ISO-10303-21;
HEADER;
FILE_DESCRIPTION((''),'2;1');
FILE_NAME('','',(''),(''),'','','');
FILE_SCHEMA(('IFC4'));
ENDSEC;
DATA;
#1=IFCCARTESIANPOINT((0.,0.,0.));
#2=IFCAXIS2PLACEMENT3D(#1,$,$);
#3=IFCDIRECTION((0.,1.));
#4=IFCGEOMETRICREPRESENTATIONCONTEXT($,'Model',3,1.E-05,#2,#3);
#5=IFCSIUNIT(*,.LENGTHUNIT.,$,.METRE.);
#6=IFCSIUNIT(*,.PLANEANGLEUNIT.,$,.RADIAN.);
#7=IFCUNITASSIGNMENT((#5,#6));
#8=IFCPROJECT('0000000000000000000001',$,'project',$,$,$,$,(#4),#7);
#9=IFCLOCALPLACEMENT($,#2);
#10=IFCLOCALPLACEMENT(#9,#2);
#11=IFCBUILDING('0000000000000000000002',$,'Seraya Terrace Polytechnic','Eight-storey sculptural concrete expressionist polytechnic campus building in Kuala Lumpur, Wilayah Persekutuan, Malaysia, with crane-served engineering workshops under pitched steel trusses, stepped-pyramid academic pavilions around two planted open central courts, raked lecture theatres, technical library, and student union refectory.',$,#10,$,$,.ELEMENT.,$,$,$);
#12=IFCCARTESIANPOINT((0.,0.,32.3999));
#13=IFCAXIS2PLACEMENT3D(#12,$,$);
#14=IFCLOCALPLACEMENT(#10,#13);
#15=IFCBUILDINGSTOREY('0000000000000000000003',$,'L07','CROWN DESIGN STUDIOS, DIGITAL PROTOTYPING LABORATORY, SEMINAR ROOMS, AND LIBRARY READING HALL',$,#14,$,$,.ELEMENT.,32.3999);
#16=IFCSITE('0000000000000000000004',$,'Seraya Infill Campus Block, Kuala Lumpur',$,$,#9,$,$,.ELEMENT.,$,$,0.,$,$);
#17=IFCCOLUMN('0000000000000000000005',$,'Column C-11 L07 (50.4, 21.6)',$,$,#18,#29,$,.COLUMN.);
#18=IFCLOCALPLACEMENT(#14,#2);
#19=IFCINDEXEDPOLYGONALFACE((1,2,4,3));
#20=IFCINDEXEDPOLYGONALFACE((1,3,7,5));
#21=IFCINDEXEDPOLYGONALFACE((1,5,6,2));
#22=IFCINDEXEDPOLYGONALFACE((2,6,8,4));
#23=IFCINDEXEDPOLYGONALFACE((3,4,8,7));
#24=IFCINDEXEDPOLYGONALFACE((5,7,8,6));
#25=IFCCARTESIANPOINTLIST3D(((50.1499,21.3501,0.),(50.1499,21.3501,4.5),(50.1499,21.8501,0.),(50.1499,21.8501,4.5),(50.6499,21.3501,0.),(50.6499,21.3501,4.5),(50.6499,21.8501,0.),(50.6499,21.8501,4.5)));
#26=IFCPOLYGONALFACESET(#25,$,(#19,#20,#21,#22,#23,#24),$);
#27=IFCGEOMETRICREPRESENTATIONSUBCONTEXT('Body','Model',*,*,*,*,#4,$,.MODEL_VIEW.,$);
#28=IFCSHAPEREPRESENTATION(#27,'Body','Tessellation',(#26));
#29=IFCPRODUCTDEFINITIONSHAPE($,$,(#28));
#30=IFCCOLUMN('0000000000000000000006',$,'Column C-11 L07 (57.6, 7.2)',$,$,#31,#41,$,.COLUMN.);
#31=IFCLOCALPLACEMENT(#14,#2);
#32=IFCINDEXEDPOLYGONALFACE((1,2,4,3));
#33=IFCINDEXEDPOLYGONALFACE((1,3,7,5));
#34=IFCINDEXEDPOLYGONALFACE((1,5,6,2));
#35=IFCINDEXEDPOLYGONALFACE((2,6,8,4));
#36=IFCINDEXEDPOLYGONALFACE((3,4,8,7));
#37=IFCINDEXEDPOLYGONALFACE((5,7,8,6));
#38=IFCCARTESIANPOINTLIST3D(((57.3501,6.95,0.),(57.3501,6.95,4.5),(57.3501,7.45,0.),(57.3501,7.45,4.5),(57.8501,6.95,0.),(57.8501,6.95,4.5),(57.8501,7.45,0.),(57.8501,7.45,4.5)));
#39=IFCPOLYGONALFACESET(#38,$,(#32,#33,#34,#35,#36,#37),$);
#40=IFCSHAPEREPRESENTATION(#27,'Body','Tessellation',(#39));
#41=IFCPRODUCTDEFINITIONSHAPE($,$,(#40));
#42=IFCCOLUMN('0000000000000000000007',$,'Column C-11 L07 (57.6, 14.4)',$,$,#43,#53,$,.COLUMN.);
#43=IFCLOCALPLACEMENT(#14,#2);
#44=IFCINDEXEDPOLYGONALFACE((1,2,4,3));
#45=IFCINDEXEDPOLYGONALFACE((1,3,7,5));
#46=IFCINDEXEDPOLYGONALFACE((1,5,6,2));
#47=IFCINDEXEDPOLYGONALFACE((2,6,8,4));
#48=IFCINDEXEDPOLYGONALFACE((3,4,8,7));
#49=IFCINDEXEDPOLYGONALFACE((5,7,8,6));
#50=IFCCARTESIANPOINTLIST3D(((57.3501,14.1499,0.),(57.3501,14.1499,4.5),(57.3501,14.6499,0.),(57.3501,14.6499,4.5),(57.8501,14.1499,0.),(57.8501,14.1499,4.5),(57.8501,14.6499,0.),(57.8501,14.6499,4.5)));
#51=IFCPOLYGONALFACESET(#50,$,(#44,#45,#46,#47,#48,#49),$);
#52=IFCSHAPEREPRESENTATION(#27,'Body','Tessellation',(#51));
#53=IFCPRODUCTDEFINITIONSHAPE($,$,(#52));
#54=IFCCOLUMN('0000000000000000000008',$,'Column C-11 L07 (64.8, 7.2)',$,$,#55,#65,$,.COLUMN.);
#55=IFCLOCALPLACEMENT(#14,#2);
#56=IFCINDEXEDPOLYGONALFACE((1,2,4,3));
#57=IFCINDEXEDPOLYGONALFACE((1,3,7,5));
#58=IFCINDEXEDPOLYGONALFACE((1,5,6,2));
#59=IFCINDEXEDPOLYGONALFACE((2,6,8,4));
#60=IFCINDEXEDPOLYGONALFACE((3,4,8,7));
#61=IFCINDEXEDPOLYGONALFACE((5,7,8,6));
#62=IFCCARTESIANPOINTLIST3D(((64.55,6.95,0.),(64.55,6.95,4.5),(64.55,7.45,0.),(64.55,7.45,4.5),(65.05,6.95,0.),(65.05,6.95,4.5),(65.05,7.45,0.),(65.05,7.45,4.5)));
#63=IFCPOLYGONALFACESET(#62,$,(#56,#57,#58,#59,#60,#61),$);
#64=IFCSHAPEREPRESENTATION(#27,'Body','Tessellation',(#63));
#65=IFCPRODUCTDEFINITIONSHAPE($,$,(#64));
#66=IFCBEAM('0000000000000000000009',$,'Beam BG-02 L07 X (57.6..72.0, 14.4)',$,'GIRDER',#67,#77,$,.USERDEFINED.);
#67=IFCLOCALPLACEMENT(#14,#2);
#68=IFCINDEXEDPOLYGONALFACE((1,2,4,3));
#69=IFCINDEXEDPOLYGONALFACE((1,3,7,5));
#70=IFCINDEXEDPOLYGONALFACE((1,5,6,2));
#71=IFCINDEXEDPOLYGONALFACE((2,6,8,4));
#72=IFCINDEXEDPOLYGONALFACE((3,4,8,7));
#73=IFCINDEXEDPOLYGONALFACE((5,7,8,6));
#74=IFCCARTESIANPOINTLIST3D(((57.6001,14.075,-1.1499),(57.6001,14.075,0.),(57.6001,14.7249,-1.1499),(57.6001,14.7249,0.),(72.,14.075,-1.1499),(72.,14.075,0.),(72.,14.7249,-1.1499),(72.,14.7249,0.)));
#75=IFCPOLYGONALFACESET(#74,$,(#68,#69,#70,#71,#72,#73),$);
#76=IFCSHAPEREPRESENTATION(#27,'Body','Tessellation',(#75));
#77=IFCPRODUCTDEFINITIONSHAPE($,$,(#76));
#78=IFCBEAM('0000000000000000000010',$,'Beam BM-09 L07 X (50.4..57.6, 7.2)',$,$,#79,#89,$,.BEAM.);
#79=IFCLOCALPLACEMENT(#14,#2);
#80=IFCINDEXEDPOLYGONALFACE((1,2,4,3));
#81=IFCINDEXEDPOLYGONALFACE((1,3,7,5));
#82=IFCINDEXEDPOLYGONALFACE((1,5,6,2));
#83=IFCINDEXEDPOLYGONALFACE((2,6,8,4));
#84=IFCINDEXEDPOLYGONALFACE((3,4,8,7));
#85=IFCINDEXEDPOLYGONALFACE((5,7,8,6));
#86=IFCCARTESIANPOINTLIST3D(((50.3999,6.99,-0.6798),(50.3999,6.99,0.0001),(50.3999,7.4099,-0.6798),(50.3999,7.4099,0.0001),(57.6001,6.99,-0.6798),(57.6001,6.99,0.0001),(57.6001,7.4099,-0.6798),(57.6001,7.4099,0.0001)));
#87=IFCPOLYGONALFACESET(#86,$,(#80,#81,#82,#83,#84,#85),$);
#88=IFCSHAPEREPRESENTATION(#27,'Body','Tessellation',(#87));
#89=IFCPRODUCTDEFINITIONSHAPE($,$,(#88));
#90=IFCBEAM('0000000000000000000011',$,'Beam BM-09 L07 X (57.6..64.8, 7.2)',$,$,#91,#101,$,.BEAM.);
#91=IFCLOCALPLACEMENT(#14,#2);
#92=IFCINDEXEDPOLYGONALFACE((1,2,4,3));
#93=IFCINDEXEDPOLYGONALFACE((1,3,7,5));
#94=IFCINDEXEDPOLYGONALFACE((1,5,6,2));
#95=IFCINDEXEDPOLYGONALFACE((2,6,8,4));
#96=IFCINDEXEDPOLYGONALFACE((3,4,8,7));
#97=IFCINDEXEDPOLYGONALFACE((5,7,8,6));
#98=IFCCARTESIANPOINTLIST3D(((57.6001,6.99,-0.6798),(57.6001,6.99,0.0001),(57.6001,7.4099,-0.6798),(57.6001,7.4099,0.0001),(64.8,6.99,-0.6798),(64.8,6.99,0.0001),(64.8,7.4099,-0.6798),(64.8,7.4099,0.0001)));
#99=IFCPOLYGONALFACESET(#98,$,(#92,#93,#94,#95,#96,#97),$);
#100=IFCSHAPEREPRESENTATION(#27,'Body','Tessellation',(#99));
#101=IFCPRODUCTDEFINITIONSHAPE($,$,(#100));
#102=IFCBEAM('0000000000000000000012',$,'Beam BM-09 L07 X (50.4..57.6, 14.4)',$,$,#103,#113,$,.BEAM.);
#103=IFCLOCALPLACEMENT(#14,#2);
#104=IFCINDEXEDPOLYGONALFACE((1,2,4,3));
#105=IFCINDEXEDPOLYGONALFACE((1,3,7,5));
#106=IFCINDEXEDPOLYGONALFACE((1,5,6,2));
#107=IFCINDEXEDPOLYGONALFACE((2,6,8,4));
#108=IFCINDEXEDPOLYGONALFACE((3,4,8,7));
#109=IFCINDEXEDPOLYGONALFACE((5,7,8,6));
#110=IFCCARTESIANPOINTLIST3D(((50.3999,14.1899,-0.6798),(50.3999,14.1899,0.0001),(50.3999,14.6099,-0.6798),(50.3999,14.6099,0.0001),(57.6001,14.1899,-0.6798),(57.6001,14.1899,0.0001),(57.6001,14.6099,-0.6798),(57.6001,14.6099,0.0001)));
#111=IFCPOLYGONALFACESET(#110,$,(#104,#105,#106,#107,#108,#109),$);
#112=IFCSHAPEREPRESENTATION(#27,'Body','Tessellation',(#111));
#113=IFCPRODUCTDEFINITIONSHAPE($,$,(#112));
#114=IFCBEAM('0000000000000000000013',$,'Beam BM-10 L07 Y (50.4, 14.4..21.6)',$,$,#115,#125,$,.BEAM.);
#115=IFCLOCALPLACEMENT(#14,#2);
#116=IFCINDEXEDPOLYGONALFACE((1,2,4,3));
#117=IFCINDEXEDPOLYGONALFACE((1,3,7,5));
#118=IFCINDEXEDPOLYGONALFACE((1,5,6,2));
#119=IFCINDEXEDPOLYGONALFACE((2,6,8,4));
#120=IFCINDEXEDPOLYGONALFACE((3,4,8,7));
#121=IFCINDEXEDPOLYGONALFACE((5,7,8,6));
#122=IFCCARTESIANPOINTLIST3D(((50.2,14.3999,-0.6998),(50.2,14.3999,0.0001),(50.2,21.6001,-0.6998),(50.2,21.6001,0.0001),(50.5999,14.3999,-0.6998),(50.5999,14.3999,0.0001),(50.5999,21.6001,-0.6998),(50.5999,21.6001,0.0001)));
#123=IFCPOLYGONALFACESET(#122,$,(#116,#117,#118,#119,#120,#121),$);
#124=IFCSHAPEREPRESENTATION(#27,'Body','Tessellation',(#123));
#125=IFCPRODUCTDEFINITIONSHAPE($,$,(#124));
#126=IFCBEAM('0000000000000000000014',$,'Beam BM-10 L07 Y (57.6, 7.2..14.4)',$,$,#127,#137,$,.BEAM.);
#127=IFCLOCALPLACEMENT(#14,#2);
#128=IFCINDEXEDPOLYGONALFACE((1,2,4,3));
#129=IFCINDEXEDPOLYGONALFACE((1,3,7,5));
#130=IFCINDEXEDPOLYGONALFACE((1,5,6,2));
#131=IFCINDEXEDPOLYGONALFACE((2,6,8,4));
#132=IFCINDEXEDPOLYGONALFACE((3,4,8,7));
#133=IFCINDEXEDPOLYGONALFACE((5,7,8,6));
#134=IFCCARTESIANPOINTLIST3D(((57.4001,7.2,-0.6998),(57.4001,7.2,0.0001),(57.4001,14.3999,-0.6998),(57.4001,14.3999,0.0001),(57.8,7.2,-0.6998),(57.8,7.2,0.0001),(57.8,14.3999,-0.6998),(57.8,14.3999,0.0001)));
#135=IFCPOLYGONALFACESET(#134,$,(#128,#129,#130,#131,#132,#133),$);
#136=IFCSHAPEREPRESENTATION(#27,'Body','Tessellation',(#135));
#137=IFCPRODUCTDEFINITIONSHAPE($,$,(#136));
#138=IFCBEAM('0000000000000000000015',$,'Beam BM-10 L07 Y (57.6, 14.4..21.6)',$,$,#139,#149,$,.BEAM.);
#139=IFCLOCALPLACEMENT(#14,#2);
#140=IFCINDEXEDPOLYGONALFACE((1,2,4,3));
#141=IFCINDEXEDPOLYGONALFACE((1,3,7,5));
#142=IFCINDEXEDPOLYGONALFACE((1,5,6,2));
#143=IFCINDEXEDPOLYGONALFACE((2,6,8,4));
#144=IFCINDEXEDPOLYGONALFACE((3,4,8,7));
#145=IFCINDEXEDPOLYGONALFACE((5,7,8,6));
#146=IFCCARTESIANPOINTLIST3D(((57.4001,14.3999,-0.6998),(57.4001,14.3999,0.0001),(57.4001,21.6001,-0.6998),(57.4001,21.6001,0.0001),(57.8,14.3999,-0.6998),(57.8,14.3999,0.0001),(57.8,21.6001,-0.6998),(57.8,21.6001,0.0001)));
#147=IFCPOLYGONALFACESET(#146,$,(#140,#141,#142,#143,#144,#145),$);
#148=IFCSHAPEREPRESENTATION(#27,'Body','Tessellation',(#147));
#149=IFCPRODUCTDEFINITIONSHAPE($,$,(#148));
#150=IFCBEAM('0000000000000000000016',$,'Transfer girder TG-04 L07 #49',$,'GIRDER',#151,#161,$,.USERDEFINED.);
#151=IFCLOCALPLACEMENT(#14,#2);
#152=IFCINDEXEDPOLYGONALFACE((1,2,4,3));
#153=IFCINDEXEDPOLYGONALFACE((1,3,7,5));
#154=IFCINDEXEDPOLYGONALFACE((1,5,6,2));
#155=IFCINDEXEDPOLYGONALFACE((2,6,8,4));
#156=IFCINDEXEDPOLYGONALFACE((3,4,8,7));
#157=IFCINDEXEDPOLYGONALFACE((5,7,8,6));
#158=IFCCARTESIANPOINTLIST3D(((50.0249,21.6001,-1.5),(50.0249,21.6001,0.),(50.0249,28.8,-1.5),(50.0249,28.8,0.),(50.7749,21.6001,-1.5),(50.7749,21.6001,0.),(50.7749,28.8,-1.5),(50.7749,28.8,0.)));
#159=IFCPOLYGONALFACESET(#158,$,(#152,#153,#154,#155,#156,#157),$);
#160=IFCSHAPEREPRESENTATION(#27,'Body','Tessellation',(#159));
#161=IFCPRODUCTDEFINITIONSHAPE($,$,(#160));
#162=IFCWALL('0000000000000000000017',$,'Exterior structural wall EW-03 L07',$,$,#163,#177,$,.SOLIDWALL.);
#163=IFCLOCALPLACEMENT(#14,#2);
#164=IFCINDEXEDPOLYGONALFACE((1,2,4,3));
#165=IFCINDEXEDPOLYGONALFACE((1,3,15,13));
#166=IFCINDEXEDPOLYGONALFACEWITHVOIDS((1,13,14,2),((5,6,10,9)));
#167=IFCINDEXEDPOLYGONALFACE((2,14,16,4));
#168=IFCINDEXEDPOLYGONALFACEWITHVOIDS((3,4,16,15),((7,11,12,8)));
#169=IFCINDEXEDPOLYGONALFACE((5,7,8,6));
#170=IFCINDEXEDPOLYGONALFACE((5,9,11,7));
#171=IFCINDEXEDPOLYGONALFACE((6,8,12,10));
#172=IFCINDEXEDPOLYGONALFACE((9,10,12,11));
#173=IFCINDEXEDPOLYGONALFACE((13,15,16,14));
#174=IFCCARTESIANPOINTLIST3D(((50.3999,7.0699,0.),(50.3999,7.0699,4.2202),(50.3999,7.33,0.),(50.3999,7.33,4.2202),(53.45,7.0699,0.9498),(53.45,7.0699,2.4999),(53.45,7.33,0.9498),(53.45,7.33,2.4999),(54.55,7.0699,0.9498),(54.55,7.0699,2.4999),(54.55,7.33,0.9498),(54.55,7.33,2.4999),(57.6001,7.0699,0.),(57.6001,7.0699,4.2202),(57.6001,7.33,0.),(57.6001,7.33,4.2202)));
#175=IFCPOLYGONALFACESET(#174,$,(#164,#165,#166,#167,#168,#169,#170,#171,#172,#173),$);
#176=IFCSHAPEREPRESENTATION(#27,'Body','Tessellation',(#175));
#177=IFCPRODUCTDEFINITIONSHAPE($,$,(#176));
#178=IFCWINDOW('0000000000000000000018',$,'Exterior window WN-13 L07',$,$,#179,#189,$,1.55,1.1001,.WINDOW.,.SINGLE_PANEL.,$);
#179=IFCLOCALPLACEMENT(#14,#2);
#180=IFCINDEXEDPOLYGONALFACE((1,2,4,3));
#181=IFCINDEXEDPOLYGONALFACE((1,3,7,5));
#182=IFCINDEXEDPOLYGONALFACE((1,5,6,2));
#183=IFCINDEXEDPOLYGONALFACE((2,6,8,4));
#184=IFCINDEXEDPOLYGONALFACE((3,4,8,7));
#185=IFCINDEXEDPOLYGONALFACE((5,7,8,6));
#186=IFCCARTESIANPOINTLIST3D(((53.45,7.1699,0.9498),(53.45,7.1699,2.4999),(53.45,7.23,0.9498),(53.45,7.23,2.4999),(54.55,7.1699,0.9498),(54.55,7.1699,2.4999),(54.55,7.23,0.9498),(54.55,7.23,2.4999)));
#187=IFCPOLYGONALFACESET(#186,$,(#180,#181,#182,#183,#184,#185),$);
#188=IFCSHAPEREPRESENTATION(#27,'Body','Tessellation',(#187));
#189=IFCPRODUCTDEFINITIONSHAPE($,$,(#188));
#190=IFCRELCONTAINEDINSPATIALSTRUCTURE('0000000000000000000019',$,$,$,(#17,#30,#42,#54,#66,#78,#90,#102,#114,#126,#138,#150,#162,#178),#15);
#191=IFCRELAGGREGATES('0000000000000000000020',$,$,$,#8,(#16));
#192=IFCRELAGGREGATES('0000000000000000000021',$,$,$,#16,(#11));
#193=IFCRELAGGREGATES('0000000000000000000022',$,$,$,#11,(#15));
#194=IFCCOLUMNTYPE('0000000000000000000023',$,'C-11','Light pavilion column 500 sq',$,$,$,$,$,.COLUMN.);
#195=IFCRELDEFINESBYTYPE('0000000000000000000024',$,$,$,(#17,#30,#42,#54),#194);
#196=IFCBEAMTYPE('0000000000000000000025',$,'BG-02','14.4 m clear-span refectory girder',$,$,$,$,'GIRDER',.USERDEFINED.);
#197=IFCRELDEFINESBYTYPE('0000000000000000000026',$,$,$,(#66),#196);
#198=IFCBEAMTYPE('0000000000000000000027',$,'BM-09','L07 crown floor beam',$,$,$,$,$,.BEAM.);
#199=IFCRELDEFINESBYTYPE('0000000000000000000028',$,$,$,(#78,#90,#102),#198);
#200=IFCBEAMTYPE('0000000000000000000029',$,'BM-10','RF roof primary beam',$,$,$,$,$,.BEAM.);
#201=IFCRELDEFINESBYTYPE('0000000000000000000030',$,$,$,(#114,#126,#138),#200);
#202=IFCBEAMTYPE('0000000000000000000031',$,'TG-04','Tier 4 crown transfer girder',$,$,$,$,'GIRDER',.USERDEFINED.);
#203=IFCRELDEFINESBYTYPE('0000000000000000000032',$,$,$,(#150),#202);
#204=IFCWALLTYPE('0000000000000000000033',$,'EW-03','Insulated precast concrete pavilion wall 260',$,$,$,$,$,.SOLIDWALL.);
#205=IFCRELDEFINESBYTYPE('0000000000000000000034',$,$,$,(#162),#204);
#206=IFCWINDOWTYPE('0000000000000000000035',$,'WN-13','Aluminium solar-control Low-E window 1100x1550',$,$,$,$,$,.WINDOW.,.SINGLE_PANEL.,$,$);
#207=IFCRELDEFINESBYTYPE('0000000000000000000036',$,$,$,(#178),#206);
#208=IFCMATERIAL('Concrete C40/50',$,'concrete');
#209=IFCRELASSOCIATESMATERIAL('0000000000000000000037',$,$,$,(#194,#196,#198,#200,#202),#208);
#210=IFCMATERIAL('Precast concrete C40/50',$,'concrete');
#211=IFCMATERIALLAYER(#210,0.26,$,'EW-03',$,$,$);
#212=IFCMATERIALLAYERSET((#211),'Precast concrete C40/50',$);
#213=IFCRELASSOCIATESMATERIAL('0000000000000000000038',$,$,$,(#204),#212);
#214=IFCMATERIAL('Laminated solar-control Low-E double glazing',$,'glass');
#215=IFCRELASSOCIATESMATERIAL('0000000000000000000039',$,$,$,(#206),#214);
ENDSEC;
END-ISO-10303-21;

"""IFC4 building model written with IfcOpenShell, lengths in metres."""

from ifc_helpers import new_model, si_unit, direction, frame, frame_2d, origin, origin_2d, place, context, subcontext, project, spatial, rectangle, extrude, material, layer, layer_set, material_profile, profile_set, type_object, element, fill, save


model = new_model("IFC4")

# Units and contexts
model_context = context("Model", 3, precision=1e-05, world=origin(), true_north=direction((0.0, 1.0)))
body_context = subcontext(model_context, "Body", "Model", "MODEL_VIEW")
ifc_project = project(units=[si_unit("LENGTHUNIT", "METRE"), si_unit("PLANEANGLEUNIT", "RADIAN")], contexts=[model_context])

# Site, building, storey
site_placement = place(None, origin())
site = spatial("IfcSite", under=ifc_project, at=site_placement, Name="Seraya Infill Campus Block, Kuala Lumpur", CompositionType="ELEMENT", RefElevation=0.0)
building_placement = place(site_placement, origin())
building = spatial("IfcBuilding", under=site, at=building_placement, Name="Seraya Terrace Polytechnic", Description="Eight-storey sculptural concrete expressionist polytechnic campus building in Kuala Lumpur, Wilayah Persekutuan, Malaysia, with crane-served engineering workshops under pitched steel trusses, stepped-pyramid academic pavilions around two planted open central courts, raked lecture theatres, technical library, and student union refectory.", CompositionType="ELEMENT")
storey_placement = place(building_placement, frame((0.0, 0.0, 32.3999)))
storey = spatial("IfcBuildingStorey", under=building, at=storey_placement, Name="L07", Description="CROWN DESIGN STUDIOS, DIGITAL PROTOTYPING LABORATORY, SEMINAR ROOMS, AND LIBRARY READING HALL", CompositionType="ELEMENT", Elevation=32.3999)

# Columns
ifc_material_1 = material(Name="Concrete C40/50", Category="concrete")
ifc_material_profile_1 = material_profile(ifc_material_1, rectangle(XDim=0.5, YDim=0.5, at=origin_2d()), Name="RC 500x500")
ifc_profile_set_1 = profile_set([ifc_material_profile_1], Name="Concrete C40/50")
column_type = type_object("IfcColumnType", Name="C-11", Description="Light pavilion column 500 sq", PredefinedType="COLUMN", material=ifc_profile_set_1)
for number, where, z_axis, x_axis, name in (
    (1, (50.3999, 21.6001, 0.0), (0.0, 0.0, 1.0), (1.0, 0.0, 0.0), "Column C-11 L07 (50.4, 21.6)"),
    (2, (57.6001, 7.2, 0.0), (0.0, 0.0, 1.0), (1.0, 0.0, 0.0), "Column C-11 L07 (57.6, 7.2)"),
    (3, (57.6001, 14.3999, 0.0), (0.0, 0.0, 1.0), (1.0, 0.0, 0.0), "Column C-11 L07 (57.6, 14.4)"),
    (4, (64.8, 7.2, 0.0), (0.0, 0.0, 1.0), (1.0, 0.0, 0.0), "Column C-11 L07 (64.8, 7.2)"),
):
    element("IfcColumn", number, at=place(storey_placement, frame(where, z_axis=z_axis, x_axis=x_axis)), inside=storey, type_object=column_type, Name=name, PredefinedType="COLUMN", context=body_context, shape_type="SweptSolid", body=[
        extrude(rectangle(XDim=0.5, YDim=0.5, at=origin_2d()), origin(), (0.0, 0.0, 1.0), 4.5),
    ])

# Beams
ifc_material_profile_2 = material_profile(ifc_material_1, rectangle(XDim=0.6499, YDim=1.1499, at=origin_2d()), Name="RC 650x1150")
ifc_profile_set_2 = profile_set([ifc_material_profile_2], Name="Concrete C40/50")
beam_type_1 = type_object("IfcBeamType", Name="BG-02", Description="14.4 m clear-span refectory girder", ElementType="GIRDER", PredefinedType="USERDEFINED", material=ifc_profile_set_2)
beam_1_placement = place(storey_placement, frame((57.6001, 14.3999, -0.575), z_axis=(1.0, 0.0, 0.0), x_axis=(0.0, 1.0, 0.0)))
element("IfcBeam", 5, at=beam_1_placement, inside=storey, type_object=beam_type_1, Name="Beam BG-02 L07 X (57.6..72.0, 14.4)", ObjectType="GIRDER", PredefinedType="USERDEFINED", context=body_context, shape_type="SweptSolid", body=[
    extrude(rectangle(XDim=0.6499, YDim=1.1499, at=origin_2d()), origin(), (0.0, 0.0, 1.0), 14.3999),
])
ifc_material_profile_3 = material_profile(ifc_material_1, rectangle(XDim=0.4199, YDim=0.6799, at=origin_2d()), Name="RC 420x680")
ifc_profile_set_3 = profile_set([ifc_material_profile_3], Name="Concrete C40/50")
beam_type_2 = type_object("IfcBeamType", Name="BM-09", Description="L07 crown floor beam", PredefinedType="BEAM", material=ifc_profile_set_3)
beam_2_placement = place(storey_placement, frame((50.3999, 7.2, -0.3398), z_axis=(1.0, 0.0, 0.0), x_axis=(0.0, 1.0, 0.0)))
element("IfcBeam", 6, at=beam_2_placement, inside=storey, type_object=beam_type_2, Name="Beam BM-09 L07 X (50.4..57.6, 7.2)", PredefinedType="BEAM", context=body_context, shape_type="SweptSolid", body=[
    extrude(rectangle(XDim=0.4199, YDim=0.6799, at=origin_2d()), origin(), (0.0, 0.0, 1.0), 7.2002),
])
beam_3_placement = place(storey_placement, frame((57.6001, 7.2, -0.3398), z_axis=(1.0, 0.0, 0.0), x_axis=(0.0, 1.0, 0.0)))
element("IfcBeam", 7, at=beam_3_placement, inside=storey, type_object=beam_type_2, Name="Beam BM-09 L07 X (57.6..64.8, 7.2)", PredefinedType="BEAM", context=body_context, shape_type="SweptSolid", body=[
    extrude(rectangle(XDim=0.4199, YDim=0.6799, at=origin_2d()), origin(), (0.0, 0.0, 1.0), 7.2),
])
beam_4_placement = place(storey_placement, frame((50.3999, 14.3999, -0.3398), z_axis=(1.0, 0.0, 0.0), x_axis=(0.0, 1.0, 0.0)))
element("IfcBeam", 8, at=beam_4_placement, inside=storey, type_object=beam_type_2, Name="Beam BM-09 L07 X (50.4..57.6, 14.4)", PredefinedType="BEAM", context=body_context, shape_type="SweptSolid", body=[
    extrude(rectangle(XDim=0.4199, YDim=0.6799, at=origin_2d()), origin(), (0.0, 0.0, 1.0), 7.2002),
])
ifc_material_profile_4 = material_profile(ifc_material_1, rectangle(XDim=0.3999, YDim=0.7, at=origin_2d()), Name="RC 400x700")
ifc_profile_set_4 = profile_set([ifc_material_profile_4], Name="Concrete C40/50")
beam_type_3 = type_object("IfcBeamType", Name="BM-10", Description="RF roof primary beam", PredefinedType="BEAM", material=ifc_profile_set_4)
beam_5_placement = place(storey_placement, frame((50.3999, 14.3999, -0.3499), z_axis=(0.0, 1.0, 0.0), x_axis=(-1.0, 0.0, 0.0)))
element("IfcBeam", 9, at=beam_5_placement, inside=storey, type_object=beam_type_3, Name="Beam BM-10 L07 Y (50.4, 14.4..21.6)", PredefinedType="BEAM", context=body_context, shape_type="SweptSolid", body=[
    extrude(rectangle(XDim=0.3999, YDim=0.7, at=origin_2d()), origin(), (0.0, 0.0, 1.0), 7.2002),
])
beam_6_placement = place(storey_placement, frame((57.6001, 7.2, -0.3499), z_axis=(0.0, 1.0, 0.0), x_axis=(-1.0, 0.0, 0.0)))
element("IfcBeam", 10, at=beam_6_placement, inside=storey, type_object=beam_type_3, Name="Beam BM-10 L07 Y (57.6, 7.2..14.4)", PredefinedType="BEAM", context=body_context, shape_type="SweptSolid", body=[
    extrude(rectangle(XDim=0.3999, YDim=0.7, at=origin_2d()), origin(), (0.0, 0.0, 1.0), 7.2),
])
beam_7_placement = place(storey_placement, frame((57.6001, 14.3999, -0.3499), z_axis=(0.0, 1.0, 0.0), x_axis=(-1.0, 0.0, 0.0)))
element("IfcBeam", 11, at=beam_7_placement, inside=storey, type_object=beam_type_3, Name="Beam BM-10 L07 Y (57.6, 14.4..21.6)", PredefinedType="BEAM", context=body_context, shape_type="SweptSolid", body=[
    extrude(rectangle(XDim=0.3999, YDim=0.7, at=origin_2d()), origin(), (0.0, 0.0, 1.0), 7.2002),
])
ifc_material_profile_5 = material_profile(ifc_material_1, rectangle(XDim=0.75, YDim=1.5, at=origin_2d()), Name="RC 750x1500")
ifc_profile_set_5 = profile_set([ifc_material_profile_5], Name="Concrete C40/50")
beam_type_4 = type_object("IfcBeamType", Name="TG-04", Description="Tier 4 crown transfer girder", ElementType="GIRDER", PredefinedType="USERDEFINED", material=ifc_profile_set_5)
beam_8_placement = place(storey_placement, frame((50.3999, 21.6001, -0.75), z_axis=(0.0, 1.0, 0.0), x_axis=(-1.0, 0.0, 0.0)))
element("IfcBeam", 12, at=beam_8_placement, inside=storey, type_object=beam_type_4, Name="Transfer girder TG-04 L07 #49", ObjectType="GIRDER", PredefinedType="USERDEFINED", context=body_context, shape_type="SweptSolid", body=[
    extrude(rectangle(XDim=0.75, YDim=1.5, at=origin_2d()), origin(), (0.0, 0.0, 1.0), 7.2),
])

# Wall, opening, window
ifc_material_2 = material(Name="Precast concrete C40/50", Category="concrete")
ifc_layer_1 = layer(ifc_material_2, 0.26, Name="EW-03")
ifc_layer_set_1 = layer_set([ifc_layer_1], Name="Precast concrete C40/50")
wall_type_1 = type_object("IfcWallType", Name="EW-03", Description="Insulated precast concrete pavilion wall 260", PredefinedType="SOLIDWALL", material=ifc_layer_set_1)
wall_1_placement = place(storey_placement, frame((57.6001, 7.2, 0.0), z_axis=(0.0, 0.0, 1.0), x_axis=(-1.0, 0.0, 0.0)))
wall_1 = element("IfcWall", 13, at=wall_1_placement, inside=storey, type_object=wall_type_1, Name="Exterior structural wall EW-03 L07", PredefinedType="SOLIDWALL", context=body_context, shape_type="SweptSolid", body=[
    extrude(rectangle(XDim=7.2002, YDim=0.26, at=frame_2d((3.6001, 0.0))), origin(), (0.0, 0.0, 1.0), 4.2202),
])
opening_1_placement = place(wall_1_placement, frame((3.05, 0.0, 0.95)))
opening_1 = element("IfcOpeningElement", 14, at=opening_1_placement, cuts=wall_1, PredefinedType="OPENING", context=body_context, shape_type="SweptSolid", body=[
    extrude(rectangle(XDim=1.1001, YDim=1.55, at=frame_2d((0.55, 0.7749))), frame((0.0, 0.1421, 0.0), z_axis=(0.0, -1.0, 0.0), x_axis=(1.0, 0.0, 0.0)), (0.0, 0.0, 1.0), 0.2839),
])
ifc_material_3 = material(Name="Laminated solar-control Low-E double glazing", Category="glass")
window_type_1 = type_object("IfcWindowType", Name="WN-13", Description="Aluminium solar-control Low-E window 1100x1550", PartitioningType="SINGLE_PANEL", PredefinedType="WINDOW", material=ifc_material_3)
window_1_placement = place(opening_1_placement, origin())
window_1 = element("IfcWindow", 15, at=window_1_placement, inside=storey, type_object=window_type_1, Name="Exterior window WN-13 L07", OverallHeight=1.55, OverallWidth=1.1001, PartitioningType="SINGLE_PANEL", PredefinedType="WINDOW", context=body_context, shape_type="SweptSolid", body=[
    extrude(rectangle(XDim=1.1001, YDim=1.55, at=frame_2d((0.55, 0.7749))), frame((0.0, 0.03, 0.0), z_axis=(0.0, -1.0, 0.0), x_axis=(1.0, 0.0, 0.0)), (0.0, 0.0, 1.0), 0.0601),
])
fill(opening_1, window_1)

save(model, "model.ifc")
